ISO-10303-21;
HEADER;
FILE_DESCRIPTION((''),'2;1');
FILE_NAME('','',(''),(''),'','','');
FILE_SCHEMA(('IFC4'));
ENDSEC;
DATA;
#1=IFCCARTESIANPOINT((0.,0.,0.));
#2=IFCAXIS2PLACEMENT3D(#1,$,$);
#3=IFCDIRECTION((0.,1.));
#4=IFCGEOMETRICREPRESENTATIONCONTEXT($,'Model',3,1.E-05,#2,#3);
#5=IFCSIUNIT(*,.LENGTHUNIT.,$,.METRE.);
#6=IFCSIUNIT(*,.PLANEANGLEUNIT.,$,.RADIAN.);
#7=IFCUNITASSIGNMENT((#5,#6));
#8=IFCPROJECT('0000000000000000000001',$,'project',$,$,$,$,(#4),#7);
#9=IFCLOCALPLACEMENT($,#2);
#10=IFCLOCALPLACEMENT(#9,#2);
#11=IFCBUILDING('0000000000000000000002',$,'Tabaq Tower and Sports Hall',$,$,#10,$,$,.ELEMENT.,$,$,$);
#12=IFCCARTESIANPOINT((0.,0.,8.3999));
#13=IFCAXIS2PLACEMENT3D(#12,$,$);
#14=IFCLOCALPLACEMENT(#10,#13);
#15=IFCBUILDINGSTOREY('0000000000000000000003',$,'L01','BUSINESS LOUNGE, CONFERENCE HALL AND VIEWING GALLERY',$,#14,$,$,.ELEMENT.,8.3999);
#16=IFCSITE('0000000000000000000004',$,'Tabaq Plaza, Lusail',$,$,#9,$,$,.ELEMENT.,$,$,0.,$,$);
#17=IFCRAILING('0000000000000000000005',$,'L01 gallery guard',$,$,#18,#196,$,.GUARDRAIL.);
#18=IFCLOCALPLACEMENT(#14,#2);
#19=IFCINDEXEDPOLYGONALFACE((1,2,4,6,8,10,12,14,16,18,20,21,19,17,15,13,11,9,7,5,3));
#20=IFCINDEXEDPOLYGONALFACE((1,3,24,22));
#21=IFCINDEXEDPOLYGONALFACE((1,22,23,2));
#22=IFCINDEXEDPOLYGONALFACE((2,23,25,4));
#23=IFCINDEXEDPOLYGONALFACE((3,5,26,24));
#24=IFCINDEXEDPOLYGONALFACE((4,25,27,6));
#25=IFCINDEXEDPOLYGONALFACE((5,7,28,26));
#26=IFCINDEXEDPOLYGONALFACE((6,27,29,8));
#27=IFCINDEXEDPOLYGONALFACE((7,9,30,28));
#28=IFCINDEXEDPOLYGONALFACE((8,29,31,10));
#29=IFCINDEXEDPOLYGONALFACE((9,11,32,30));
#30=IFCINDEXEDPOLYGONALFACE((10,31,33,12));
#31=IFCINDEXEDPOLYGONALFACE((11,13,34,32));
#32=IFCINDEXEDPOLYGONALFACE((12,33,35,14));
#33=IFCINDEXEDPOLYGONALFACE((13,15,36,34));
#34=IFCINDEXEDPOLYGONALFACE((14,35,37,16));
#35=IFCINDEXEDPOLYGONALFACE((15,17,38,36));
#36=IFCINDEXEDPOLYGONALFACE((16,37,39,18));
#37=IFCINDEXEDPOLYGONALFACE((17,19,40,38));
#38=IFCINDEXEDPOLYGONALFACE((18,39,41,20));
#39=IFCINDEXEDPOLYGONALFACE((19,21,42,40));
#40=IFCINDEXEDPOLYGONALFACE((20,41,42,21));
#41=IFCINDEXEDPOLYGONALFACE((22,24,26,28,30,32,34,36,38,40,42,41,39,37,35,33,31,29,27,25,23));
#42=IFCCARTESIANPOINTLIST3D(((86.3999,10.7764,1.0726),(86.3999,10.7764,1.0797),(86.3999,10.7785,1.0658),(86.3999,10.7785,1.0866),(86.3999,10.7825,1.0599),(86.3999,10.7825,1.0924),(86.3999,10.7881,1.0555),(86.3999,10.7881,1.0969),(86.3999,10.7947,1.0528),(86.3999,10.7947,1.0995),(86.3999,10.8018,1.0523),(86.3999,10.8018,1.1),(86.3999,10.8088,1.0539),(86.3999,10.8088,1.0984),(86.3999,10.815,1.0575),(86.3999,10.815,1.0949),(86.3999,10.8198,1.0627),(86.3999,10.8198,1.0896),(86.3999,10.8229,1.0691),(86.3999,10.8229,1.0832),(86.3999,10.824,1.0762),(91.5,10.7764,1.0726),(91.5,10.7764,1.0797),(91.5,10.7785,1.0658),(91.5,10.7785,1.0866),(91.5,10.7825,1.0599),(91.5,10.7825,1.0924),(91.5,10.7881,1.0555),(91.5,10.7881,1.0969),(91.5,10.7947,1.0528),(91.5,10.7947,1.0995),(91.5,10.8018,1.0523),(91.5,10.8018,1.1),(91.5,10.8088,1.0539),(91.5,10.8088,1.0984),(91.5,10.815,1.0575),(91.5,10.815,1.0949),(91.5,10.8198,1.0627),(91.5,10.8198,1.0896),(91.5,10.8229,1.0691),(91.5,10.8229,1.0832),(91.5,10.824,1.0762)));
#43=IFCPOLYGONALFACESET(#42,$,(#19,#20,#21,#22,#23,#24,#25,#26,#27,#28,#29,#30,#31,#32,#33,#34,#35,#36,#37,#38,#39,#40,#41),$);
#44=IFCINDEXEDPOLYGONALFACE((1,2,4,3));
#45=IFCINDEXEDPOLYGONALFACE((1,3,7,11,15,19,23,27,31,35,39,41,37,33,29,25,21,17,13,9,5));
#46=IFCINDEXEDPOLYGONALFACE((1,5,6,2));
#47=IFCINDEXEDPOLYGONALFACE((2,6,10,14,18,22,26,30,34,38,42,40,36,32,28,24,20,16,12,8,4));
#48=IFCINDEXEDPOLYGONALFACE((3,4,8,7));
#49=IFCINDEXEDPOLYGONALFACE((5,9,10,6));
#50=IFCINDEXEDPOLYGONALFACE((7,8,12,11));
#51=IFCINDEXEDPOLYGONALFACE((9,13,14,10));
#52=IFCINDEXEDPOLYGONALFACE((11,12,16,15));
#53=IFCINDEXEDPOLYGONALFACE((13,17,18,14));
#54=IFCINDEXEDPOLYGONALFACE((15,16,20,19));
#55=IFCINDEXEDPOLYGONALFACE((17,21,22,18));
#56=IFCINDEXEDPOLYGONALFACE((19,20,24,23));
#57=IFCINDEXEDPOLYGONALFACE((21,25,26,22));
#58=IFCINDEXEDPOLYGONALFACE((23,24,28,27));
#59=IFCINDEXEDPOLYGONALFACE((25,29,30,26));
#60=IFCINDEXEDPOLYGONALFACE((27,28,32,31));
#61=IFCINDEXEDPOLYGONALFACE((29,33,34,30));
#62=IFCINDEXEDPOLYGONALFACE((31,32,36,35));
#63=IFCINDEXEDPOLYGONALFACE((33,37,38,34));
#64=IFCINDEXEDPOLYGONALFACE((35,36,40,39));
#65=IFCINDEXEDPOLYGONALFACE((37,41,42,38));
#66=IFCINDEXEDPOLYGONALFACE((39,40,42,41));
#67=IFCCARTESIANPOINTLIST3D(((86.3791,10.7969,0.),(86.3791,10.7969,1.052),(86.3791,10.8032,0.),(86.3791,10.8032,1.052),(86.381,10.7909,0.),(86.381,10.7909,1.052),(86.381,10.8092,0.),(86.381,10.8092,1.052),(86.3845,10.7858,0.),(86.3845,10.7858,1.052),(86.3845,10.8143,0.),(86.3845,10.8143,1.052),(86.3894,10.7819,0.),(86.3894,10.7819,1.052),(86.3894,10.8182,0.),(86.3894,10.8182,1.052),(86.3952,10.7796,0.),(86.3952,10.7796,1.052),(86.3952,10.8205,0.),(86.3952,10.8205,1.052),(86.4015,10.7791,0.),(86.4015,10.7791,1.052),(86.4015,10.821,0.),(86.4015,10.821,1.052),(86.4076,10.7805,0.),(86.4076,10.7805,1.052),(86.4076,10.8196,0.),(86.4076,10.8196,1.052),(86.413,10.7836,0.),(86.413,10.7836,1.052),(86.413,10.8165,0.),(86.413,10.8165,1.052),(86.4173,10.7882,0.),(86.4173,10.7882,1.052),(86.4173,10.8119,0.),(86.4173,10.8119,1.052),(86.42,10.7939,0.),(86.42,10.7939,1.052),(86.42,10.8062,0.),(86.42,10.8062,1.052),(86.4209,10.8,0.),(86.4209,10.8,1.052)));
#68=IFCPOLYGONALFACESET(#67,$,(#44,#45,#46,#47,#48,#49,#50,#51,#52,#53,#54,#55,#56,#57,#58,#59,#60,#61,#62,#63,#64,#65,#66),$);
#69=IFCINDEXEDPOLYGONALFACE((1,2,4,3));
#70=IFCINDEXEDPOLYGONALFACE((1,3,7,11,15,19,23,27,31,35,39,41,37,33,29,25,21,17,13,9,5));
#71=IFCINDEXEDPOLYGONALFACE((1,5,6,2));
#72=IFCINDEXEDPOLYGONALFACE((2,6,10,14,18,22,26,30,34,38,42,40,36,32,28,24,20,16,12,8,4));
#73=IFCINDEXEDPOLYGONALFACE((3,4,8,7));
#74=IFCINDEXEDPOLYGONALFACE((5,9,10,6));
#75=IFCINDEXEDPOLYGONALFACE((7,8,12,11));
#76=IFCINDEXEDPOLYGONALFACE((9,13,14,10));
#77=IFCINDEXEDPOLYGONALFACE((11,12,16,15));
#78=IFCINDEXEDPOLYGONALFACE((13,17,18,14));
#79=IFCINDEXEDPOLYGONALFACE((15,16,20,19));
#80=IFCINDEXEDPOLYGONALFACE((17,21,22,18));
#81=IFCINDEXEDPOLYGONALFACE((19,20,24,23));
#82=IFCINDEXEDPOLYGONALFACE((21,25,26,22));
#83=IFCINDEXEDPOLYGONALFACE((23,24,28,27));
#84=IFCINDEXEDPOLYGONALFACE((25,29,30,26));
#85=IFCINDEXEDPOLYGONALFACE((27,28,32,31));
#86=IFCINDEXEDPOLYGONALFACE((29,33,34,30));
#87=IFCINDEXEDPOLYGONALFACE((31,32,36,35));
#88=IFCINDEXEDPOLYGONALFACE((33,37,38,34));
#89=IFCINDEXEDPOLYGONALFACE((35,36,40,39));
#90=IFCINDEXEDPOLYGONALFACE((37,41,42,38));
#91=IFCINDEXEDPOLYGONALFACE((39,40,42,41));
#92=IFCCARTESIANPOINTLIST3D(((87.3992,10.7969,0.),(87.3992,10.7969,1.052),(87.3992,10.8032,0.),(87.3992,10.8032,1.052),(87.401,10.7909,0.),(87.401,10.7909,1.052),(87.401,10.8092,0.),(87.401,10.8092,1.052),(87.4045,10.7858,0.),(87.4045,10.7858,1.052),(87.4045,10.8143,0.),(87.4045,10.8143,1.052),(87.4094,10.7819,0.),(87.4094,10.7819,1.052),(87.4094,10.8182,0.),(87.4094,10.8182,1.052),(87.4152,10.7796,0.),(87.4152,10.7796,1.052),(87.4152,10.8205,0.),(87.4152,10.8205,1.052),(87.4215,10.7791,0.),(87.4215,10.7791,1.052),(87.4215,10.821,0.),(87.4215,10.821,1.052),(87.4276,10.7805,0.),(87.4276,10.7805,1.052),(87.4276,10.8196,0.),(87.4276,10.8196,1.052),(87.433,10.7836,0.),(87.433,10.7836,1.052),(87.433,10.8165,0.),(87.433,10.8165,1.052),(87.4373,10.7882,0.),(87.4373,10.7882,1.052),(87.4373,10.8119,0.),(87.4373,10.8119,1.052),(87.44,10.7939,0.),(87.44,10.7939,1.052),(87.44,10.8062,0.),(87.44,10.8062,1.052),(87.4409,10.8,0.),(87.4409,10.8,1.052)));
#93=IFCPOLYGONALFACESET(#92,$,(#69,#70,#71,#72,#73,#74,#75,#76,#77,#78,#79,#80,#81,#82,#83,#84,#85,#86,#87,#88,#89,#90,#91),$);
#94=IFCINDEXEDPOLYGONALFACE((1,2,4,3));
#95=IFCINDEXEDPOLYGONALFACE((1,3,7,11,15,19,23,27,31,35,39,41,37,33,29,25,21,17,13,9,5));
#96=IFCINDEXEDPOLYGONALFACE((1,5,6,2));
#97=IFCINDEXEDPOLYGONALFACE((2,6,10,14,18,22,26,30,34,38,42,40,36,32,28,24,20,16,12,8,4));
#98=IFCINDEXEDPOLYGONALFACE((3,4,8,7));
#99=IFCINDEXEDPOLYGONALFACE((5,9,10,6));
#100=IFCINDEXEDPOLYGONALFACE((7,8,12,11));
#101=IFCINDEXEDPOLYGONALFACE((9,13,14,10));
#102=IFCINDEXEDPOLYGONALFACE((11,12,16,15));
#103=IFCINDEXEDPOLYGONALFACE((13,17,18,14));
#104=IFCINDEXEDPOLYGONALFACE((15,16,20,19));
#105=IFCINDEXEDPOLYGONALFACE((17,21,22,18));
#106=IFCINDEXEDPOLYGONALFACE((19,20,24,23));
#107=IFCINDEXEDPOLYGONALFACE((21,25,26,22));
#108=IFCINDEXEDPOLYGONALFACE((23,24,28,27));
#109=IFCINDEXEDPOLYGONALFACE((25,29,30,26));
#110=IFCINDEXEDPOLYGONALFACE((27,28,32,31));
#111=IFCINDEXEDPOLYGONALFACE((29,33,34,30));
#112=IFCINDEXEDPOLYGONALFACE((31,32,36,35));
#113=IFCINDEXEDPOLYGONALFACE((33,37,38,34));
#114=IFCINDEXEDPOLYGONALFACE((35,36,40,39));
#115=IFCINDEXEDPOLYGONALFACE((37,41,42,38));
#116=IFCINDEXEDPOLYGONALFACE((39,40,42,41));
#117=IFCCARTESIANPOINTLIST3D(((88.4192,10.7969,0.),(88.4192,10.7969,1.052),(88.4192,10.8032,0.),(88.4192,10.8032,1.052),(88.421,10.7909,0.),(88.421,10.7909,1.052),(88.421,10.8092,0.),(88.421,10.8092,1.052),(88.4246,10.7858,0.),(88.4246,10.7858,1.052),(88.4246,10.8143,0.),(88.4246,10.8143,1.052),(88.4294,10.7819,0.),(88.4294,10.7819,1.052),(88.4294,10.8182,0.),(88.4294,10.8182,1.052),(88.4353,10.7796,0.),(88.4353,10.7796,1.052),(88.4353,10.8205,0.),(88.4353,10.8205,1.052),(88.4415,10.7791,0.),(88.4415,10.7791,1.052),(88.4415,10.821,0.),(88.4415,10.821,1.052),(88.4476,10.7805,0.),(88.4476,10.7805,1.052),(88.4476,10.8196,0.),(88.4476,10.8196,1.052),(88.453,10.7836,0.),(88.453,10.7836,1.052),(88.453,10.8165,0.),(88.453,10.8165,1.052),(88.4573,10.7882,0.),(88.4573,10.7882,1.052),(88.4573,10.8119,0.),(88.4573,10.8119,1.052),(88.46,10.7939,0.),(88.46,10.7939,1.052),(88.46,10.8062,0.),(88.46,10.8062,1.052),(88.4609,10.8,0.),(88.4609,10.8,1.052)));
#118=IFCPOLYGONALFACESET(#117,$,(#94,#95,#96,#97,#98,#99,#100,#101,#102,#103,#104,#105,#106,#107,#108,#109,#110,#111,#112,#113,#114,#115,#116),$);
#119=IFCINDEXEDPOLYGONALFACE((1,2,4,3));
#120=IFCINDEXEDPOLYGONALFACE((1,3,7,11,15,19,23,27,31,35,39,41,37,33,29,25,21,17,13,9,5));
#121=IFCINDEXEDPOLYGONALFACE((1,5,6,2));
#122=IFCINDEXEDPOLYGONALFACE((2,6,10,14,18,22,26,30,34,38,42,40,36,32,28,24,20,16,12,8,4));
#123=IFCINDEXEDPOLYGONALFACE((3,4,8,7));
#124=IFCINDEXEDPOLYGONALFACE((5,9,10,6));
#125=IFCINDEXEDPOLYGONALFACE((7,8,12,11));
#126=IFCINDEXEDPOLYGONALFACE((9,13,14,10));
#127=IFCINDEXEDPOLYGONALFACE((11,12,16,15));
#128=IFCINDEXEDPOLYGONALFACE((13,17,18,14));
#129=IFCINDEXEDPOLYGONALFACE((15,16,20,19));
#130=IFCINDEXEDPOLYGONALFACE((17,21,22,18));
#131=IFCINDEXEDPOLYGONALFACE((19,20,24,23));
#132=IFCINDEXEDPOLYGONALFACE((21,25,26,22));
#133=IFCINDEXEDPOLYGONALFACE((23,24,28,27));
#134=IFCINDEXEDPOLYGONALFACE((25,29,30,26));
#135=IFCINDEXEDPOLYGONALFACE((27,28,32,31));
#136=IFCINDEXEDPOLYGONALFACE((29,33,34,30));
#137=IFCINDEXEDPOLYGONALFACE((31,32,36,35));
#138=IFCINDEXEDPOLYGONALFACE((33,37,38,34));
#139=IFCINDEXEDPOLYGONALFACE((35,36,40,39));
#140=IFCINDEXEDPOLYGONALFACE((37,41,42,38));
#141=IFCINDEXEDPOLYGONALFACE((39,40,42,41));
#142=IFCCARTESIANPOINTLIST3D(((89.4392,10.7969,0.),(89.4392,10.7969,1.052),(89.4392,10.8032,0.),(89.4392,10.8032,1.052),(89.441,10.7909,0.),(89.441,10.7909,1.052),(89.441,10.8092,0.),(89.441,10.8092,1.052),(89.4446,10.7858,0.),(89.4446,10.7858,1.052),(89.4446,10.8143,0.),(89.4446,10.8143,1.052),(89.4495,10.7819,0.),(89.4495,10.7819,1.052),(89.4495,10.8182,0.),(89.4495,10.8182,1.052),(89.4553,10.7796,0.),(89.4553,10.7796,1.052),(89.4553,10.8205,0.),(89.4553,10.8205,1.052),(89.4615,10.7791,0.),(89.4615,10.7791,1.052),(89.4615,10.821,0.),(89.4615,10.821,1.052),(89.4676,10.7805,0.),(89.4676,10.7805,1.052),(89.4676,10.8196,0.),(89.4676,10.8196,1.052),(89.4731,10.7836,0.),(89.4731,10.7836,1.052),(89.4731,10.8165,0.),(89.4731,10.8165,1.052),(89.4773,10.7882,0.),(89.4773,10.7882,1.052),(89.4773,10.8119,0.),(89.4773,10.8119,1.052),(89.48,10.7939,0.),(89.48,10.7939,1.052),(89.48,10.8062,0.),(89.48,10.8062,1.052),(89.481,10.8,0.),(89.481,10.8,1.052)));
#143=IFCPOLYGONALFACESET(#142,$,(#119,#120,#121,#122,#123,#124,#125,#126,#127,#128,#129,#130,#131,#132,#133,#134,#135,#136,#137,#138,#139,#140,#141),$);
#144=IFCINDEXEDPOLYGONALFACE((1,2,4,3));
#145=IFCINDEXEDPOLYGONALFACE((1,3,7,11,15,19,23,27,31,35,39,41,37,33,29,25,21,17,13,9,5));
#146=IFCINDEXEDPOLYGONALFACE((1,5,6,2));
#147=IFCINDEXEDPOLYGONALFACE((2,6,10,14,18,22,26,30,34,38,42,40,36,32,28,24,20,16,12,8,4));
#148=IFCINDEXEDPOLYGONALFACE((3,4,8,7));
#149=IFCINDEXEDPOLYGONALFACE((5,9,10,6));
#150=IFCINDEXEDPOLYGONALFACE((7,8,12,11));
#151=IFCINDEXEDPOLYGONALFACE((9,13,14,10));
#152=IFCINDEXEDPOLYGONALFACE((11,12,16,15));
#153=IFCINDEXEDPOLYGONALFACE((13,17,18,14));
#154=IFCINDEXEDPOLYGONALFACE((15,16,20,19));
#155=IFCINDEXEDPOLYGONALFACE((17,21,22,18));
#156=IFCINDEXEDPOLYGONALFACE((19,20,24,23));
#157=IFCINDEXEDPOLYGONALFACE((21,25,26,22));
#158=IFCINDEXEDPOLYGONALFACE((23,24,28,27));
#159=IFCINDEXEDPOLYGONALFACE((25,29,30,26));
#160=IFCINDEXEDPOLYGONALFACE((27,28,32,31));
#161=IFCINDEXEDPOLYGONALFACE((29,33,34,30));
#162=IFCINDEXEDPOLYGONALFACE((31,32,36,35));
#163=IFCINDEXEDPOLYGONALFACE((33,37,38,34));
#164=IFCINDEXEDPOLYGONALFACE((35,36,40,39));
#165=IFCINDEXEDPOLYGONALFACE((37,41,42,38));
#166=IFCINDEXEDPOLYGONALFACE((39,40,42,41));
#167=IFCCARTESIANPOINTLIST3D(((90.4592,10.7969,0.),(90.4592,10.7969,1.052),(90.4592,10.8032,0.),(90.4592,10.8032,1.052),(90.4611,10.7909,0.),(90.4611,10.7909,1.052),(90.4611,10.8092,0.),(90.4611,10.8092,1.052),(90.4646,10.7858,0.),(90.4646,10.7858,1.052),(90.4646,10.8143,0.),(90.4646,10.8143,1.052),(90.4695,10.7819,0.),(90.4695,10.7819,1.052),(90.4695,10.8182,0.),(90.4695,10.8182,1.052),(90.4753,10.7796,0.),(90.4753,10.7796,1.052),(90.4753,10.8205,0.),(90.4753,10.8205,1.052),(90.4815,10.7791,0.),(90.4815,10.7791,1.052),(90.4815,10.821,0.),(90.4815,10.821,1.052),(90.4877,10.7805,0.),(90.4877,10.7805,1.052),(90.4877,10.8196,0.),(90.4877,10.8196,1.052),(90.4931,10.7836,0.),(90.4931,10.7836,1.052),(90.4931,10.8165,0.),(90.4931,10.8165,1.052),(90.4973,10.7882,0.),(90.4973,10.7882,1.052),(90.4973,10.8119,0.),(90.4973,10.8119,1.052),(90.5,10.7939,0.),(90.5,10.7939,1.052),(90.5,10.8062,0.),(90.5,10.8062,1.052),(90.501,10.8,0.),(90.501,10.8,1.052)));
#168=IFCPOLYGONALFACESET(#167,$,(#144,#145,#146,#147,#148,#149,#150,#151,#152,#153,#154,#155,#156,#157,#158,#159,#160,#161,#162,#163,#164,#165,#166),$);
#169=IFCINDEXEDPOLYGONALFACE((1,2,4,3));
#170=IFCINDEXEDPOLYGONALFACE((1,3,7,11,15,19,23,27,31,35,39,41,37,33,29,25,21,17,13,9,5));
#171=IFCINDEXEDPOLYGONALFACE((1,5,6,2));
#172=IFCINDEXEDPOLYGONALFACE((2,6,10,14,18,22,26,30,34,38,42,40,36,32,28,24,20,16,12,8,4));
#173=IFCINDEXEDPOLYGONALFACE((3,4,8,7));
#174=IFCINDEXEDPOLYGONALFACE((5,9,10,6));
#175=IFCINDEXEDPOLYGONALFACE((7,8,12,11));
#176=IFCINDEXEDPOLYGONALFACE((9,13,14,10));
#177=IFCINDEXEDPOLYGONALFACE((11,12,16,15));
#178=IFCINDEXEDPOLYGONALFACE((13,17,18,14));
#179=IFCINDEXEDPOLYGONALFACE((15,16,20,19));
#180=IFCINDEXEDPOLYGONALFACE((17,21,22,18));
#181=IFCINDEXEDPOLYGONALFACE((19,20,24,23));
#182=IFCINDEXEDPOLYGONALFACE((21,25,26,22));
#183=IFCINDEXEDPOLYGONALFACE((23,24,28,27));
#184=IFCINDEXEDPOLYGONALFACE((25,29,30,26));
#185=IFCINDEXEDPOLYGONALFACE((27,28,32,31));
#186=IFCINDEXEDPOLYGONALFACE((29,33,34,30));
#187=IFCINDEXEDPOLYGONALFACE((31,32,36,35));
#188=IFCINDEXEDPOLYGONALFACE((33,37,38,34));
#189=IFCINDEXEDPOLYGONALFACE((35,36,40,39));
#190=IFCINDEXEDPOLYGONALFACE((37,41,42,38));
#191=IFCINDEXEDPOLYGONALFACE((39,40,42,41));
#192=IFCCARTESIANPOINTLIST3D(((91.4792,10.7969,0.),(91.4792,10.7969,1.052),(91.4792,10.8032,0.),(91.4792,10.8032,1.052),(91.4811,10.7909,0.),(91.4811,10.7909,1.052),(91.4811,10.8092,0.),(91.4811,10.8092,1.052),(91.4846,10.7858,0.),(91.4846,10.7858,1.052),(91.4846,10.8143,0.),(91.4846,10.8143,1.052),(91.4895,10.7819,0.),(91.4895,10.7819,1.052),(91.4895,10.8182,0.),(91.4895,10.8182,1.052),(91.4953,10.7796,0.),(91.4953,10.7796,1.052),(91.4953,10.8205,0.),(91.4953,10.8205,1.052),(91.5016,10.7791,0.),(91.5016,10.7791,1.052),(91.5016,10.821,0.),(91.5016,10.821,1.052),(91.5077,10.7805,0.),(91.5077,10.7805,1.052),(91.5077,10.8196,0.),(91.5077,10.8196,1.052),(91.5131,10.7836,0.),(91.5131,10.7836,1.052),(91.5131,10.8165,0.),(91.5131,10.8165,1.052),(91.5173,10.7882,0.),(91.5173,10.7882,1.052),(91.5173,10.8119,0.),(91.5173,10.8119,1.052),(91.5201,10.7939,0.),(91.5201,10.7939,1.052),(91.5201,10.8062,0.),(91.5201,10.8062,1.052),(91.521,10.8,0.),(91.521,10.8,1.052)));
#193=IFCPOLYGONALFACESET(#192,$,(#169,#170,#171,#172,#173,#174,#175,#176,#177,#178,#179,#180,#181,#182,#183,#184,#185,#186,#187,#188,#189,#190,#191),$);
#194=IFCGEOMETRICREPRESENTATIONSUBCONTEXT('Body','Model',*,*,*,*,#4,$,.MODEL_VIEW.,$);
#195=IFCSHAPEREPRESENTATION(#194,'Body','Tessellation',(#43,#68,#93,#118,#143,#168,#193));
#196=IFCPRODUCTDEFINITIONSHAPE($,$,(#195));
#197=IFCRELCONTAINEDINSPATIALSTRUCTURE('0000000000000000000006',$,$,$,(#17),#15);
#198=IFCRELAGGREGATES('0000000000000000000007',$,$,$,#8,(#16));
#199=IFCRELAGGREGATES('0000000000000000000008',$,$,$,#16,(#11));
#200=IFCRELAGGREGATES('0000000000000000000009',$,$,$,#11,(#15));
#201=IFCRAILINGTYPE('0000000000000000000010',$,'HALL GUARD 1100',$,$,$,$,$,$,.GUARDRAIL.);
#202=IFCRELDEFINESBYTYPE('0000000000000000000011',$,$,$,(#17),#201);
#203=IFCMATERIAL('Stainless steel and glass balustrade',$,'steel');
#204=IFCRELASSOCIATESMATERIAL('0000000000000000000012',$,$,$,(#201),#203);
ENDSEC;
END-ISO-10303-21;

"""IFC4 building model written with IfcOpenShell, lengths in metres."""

from ifc_helpers import new_model, si_unit, direction, frame, origin, origin_2d, place, context, subcontext, project, spatial, circle, extrude, material, type_object, element, save


model = new_model("IFC4")

# Units and contexts
model_context = context("Model", 3, precision=1e-05, world=origin(), true_north=direction((0.0, 1.0)))
body_context = subcontext(model_context, "Body", "Model", "MODEL_VIEW")
ifc_project = project(units=[si_unit("LENGTHUNIT", "METRE"), si_unit("PLANEANGLEUNIT", "RADIAN")], contexts=[model_context])

# Site, building, storey
site_placement = place(None, origin())
site = spatial("IfcSite", under=ifc_project, at=site_placement, Name="Tabaq Plaza, Lusail", CompositionType="ELEMENT", RefElevation=0.0)
building_placement = place(site_placement, origin())
building = spatial("IfcBuilding", under=site, at=building_placement, Name="Tabaq Tower and Sports Hall", CompositionType="ELEMENT")
storey_placement = place(building_placement, frame((0.0, 0.0, 8.3999)))
storey = spatial("IfcBuildingStorey", under=building, at=storey_placement, Name="L01", Description="BUSINESS LOUNGE, CONFERENCE HALL AND VIEWING GALLERY", CompositionType="ELEMENT", Elevation=8.3999)

# Railing
ifc_material_1 = material(Name="Stainless steel and glass balustrade", Category="steel")
railing_type = type_object("IfcRailingType", Name="HALL GUARD 1100", PredefinedType="GUARDRAIL", material=ifc_material_1)
for number, where, name in (
    (1, (86.3999, 10.8, 0.0), "L01 gallery guard"),
):
    element("IfcRailing", number, at=place(storey_placement, frame(where)), inside=storey, type_object=railing_type, Name=name, PredefinedType="GUARDRAIL", context=body_context, shape_type="SweptSolid", body=[
        extrude(circle(Radius=0.0239, at=origin_2d()), frame((0.0, 0.0, 1.0762), z_axis=(1.0, 0.0, 0.0), x_axis=(0.0, 1.0, 0.0)), (0.0, 0.0, 1.0), 5.1001),
        extrude(circle(Radius=0.021, at=origin_2d()), origin(), (0.0, 0.0, 1.0), 1.052),
        extrude(circle(Radius=0.021, at=origin_2d()), frame((1.02, 0.0, 0.0)), (0.0, 0.0, 1.0), 1.052),
        extrude(circle(Radius=0.021, at=origin_2d()), frame((2.04, 0.0, 0.0)), (0.0, 0.0, 1.0), 1.052),
        extrude(circle(Radius=0.021, at=origin_2d()), frame((3.0601, 0.0, 0.0)), (0.0, 0.0, 1.0), 1.052),
        extrude(circle(Radius=0.021, at=origin_2d()), frame((4.0801, 0.0, 0.0)), (0.0, 0.0, 1.0), 1.052),
        extrude(circle(Radius=0.021, at=origin_2d()), frame((5.1001, 0.0, 0.0)), (0.0, 0.0, 1.0), 1.052),
    ])

save(model, "model.ifc")
